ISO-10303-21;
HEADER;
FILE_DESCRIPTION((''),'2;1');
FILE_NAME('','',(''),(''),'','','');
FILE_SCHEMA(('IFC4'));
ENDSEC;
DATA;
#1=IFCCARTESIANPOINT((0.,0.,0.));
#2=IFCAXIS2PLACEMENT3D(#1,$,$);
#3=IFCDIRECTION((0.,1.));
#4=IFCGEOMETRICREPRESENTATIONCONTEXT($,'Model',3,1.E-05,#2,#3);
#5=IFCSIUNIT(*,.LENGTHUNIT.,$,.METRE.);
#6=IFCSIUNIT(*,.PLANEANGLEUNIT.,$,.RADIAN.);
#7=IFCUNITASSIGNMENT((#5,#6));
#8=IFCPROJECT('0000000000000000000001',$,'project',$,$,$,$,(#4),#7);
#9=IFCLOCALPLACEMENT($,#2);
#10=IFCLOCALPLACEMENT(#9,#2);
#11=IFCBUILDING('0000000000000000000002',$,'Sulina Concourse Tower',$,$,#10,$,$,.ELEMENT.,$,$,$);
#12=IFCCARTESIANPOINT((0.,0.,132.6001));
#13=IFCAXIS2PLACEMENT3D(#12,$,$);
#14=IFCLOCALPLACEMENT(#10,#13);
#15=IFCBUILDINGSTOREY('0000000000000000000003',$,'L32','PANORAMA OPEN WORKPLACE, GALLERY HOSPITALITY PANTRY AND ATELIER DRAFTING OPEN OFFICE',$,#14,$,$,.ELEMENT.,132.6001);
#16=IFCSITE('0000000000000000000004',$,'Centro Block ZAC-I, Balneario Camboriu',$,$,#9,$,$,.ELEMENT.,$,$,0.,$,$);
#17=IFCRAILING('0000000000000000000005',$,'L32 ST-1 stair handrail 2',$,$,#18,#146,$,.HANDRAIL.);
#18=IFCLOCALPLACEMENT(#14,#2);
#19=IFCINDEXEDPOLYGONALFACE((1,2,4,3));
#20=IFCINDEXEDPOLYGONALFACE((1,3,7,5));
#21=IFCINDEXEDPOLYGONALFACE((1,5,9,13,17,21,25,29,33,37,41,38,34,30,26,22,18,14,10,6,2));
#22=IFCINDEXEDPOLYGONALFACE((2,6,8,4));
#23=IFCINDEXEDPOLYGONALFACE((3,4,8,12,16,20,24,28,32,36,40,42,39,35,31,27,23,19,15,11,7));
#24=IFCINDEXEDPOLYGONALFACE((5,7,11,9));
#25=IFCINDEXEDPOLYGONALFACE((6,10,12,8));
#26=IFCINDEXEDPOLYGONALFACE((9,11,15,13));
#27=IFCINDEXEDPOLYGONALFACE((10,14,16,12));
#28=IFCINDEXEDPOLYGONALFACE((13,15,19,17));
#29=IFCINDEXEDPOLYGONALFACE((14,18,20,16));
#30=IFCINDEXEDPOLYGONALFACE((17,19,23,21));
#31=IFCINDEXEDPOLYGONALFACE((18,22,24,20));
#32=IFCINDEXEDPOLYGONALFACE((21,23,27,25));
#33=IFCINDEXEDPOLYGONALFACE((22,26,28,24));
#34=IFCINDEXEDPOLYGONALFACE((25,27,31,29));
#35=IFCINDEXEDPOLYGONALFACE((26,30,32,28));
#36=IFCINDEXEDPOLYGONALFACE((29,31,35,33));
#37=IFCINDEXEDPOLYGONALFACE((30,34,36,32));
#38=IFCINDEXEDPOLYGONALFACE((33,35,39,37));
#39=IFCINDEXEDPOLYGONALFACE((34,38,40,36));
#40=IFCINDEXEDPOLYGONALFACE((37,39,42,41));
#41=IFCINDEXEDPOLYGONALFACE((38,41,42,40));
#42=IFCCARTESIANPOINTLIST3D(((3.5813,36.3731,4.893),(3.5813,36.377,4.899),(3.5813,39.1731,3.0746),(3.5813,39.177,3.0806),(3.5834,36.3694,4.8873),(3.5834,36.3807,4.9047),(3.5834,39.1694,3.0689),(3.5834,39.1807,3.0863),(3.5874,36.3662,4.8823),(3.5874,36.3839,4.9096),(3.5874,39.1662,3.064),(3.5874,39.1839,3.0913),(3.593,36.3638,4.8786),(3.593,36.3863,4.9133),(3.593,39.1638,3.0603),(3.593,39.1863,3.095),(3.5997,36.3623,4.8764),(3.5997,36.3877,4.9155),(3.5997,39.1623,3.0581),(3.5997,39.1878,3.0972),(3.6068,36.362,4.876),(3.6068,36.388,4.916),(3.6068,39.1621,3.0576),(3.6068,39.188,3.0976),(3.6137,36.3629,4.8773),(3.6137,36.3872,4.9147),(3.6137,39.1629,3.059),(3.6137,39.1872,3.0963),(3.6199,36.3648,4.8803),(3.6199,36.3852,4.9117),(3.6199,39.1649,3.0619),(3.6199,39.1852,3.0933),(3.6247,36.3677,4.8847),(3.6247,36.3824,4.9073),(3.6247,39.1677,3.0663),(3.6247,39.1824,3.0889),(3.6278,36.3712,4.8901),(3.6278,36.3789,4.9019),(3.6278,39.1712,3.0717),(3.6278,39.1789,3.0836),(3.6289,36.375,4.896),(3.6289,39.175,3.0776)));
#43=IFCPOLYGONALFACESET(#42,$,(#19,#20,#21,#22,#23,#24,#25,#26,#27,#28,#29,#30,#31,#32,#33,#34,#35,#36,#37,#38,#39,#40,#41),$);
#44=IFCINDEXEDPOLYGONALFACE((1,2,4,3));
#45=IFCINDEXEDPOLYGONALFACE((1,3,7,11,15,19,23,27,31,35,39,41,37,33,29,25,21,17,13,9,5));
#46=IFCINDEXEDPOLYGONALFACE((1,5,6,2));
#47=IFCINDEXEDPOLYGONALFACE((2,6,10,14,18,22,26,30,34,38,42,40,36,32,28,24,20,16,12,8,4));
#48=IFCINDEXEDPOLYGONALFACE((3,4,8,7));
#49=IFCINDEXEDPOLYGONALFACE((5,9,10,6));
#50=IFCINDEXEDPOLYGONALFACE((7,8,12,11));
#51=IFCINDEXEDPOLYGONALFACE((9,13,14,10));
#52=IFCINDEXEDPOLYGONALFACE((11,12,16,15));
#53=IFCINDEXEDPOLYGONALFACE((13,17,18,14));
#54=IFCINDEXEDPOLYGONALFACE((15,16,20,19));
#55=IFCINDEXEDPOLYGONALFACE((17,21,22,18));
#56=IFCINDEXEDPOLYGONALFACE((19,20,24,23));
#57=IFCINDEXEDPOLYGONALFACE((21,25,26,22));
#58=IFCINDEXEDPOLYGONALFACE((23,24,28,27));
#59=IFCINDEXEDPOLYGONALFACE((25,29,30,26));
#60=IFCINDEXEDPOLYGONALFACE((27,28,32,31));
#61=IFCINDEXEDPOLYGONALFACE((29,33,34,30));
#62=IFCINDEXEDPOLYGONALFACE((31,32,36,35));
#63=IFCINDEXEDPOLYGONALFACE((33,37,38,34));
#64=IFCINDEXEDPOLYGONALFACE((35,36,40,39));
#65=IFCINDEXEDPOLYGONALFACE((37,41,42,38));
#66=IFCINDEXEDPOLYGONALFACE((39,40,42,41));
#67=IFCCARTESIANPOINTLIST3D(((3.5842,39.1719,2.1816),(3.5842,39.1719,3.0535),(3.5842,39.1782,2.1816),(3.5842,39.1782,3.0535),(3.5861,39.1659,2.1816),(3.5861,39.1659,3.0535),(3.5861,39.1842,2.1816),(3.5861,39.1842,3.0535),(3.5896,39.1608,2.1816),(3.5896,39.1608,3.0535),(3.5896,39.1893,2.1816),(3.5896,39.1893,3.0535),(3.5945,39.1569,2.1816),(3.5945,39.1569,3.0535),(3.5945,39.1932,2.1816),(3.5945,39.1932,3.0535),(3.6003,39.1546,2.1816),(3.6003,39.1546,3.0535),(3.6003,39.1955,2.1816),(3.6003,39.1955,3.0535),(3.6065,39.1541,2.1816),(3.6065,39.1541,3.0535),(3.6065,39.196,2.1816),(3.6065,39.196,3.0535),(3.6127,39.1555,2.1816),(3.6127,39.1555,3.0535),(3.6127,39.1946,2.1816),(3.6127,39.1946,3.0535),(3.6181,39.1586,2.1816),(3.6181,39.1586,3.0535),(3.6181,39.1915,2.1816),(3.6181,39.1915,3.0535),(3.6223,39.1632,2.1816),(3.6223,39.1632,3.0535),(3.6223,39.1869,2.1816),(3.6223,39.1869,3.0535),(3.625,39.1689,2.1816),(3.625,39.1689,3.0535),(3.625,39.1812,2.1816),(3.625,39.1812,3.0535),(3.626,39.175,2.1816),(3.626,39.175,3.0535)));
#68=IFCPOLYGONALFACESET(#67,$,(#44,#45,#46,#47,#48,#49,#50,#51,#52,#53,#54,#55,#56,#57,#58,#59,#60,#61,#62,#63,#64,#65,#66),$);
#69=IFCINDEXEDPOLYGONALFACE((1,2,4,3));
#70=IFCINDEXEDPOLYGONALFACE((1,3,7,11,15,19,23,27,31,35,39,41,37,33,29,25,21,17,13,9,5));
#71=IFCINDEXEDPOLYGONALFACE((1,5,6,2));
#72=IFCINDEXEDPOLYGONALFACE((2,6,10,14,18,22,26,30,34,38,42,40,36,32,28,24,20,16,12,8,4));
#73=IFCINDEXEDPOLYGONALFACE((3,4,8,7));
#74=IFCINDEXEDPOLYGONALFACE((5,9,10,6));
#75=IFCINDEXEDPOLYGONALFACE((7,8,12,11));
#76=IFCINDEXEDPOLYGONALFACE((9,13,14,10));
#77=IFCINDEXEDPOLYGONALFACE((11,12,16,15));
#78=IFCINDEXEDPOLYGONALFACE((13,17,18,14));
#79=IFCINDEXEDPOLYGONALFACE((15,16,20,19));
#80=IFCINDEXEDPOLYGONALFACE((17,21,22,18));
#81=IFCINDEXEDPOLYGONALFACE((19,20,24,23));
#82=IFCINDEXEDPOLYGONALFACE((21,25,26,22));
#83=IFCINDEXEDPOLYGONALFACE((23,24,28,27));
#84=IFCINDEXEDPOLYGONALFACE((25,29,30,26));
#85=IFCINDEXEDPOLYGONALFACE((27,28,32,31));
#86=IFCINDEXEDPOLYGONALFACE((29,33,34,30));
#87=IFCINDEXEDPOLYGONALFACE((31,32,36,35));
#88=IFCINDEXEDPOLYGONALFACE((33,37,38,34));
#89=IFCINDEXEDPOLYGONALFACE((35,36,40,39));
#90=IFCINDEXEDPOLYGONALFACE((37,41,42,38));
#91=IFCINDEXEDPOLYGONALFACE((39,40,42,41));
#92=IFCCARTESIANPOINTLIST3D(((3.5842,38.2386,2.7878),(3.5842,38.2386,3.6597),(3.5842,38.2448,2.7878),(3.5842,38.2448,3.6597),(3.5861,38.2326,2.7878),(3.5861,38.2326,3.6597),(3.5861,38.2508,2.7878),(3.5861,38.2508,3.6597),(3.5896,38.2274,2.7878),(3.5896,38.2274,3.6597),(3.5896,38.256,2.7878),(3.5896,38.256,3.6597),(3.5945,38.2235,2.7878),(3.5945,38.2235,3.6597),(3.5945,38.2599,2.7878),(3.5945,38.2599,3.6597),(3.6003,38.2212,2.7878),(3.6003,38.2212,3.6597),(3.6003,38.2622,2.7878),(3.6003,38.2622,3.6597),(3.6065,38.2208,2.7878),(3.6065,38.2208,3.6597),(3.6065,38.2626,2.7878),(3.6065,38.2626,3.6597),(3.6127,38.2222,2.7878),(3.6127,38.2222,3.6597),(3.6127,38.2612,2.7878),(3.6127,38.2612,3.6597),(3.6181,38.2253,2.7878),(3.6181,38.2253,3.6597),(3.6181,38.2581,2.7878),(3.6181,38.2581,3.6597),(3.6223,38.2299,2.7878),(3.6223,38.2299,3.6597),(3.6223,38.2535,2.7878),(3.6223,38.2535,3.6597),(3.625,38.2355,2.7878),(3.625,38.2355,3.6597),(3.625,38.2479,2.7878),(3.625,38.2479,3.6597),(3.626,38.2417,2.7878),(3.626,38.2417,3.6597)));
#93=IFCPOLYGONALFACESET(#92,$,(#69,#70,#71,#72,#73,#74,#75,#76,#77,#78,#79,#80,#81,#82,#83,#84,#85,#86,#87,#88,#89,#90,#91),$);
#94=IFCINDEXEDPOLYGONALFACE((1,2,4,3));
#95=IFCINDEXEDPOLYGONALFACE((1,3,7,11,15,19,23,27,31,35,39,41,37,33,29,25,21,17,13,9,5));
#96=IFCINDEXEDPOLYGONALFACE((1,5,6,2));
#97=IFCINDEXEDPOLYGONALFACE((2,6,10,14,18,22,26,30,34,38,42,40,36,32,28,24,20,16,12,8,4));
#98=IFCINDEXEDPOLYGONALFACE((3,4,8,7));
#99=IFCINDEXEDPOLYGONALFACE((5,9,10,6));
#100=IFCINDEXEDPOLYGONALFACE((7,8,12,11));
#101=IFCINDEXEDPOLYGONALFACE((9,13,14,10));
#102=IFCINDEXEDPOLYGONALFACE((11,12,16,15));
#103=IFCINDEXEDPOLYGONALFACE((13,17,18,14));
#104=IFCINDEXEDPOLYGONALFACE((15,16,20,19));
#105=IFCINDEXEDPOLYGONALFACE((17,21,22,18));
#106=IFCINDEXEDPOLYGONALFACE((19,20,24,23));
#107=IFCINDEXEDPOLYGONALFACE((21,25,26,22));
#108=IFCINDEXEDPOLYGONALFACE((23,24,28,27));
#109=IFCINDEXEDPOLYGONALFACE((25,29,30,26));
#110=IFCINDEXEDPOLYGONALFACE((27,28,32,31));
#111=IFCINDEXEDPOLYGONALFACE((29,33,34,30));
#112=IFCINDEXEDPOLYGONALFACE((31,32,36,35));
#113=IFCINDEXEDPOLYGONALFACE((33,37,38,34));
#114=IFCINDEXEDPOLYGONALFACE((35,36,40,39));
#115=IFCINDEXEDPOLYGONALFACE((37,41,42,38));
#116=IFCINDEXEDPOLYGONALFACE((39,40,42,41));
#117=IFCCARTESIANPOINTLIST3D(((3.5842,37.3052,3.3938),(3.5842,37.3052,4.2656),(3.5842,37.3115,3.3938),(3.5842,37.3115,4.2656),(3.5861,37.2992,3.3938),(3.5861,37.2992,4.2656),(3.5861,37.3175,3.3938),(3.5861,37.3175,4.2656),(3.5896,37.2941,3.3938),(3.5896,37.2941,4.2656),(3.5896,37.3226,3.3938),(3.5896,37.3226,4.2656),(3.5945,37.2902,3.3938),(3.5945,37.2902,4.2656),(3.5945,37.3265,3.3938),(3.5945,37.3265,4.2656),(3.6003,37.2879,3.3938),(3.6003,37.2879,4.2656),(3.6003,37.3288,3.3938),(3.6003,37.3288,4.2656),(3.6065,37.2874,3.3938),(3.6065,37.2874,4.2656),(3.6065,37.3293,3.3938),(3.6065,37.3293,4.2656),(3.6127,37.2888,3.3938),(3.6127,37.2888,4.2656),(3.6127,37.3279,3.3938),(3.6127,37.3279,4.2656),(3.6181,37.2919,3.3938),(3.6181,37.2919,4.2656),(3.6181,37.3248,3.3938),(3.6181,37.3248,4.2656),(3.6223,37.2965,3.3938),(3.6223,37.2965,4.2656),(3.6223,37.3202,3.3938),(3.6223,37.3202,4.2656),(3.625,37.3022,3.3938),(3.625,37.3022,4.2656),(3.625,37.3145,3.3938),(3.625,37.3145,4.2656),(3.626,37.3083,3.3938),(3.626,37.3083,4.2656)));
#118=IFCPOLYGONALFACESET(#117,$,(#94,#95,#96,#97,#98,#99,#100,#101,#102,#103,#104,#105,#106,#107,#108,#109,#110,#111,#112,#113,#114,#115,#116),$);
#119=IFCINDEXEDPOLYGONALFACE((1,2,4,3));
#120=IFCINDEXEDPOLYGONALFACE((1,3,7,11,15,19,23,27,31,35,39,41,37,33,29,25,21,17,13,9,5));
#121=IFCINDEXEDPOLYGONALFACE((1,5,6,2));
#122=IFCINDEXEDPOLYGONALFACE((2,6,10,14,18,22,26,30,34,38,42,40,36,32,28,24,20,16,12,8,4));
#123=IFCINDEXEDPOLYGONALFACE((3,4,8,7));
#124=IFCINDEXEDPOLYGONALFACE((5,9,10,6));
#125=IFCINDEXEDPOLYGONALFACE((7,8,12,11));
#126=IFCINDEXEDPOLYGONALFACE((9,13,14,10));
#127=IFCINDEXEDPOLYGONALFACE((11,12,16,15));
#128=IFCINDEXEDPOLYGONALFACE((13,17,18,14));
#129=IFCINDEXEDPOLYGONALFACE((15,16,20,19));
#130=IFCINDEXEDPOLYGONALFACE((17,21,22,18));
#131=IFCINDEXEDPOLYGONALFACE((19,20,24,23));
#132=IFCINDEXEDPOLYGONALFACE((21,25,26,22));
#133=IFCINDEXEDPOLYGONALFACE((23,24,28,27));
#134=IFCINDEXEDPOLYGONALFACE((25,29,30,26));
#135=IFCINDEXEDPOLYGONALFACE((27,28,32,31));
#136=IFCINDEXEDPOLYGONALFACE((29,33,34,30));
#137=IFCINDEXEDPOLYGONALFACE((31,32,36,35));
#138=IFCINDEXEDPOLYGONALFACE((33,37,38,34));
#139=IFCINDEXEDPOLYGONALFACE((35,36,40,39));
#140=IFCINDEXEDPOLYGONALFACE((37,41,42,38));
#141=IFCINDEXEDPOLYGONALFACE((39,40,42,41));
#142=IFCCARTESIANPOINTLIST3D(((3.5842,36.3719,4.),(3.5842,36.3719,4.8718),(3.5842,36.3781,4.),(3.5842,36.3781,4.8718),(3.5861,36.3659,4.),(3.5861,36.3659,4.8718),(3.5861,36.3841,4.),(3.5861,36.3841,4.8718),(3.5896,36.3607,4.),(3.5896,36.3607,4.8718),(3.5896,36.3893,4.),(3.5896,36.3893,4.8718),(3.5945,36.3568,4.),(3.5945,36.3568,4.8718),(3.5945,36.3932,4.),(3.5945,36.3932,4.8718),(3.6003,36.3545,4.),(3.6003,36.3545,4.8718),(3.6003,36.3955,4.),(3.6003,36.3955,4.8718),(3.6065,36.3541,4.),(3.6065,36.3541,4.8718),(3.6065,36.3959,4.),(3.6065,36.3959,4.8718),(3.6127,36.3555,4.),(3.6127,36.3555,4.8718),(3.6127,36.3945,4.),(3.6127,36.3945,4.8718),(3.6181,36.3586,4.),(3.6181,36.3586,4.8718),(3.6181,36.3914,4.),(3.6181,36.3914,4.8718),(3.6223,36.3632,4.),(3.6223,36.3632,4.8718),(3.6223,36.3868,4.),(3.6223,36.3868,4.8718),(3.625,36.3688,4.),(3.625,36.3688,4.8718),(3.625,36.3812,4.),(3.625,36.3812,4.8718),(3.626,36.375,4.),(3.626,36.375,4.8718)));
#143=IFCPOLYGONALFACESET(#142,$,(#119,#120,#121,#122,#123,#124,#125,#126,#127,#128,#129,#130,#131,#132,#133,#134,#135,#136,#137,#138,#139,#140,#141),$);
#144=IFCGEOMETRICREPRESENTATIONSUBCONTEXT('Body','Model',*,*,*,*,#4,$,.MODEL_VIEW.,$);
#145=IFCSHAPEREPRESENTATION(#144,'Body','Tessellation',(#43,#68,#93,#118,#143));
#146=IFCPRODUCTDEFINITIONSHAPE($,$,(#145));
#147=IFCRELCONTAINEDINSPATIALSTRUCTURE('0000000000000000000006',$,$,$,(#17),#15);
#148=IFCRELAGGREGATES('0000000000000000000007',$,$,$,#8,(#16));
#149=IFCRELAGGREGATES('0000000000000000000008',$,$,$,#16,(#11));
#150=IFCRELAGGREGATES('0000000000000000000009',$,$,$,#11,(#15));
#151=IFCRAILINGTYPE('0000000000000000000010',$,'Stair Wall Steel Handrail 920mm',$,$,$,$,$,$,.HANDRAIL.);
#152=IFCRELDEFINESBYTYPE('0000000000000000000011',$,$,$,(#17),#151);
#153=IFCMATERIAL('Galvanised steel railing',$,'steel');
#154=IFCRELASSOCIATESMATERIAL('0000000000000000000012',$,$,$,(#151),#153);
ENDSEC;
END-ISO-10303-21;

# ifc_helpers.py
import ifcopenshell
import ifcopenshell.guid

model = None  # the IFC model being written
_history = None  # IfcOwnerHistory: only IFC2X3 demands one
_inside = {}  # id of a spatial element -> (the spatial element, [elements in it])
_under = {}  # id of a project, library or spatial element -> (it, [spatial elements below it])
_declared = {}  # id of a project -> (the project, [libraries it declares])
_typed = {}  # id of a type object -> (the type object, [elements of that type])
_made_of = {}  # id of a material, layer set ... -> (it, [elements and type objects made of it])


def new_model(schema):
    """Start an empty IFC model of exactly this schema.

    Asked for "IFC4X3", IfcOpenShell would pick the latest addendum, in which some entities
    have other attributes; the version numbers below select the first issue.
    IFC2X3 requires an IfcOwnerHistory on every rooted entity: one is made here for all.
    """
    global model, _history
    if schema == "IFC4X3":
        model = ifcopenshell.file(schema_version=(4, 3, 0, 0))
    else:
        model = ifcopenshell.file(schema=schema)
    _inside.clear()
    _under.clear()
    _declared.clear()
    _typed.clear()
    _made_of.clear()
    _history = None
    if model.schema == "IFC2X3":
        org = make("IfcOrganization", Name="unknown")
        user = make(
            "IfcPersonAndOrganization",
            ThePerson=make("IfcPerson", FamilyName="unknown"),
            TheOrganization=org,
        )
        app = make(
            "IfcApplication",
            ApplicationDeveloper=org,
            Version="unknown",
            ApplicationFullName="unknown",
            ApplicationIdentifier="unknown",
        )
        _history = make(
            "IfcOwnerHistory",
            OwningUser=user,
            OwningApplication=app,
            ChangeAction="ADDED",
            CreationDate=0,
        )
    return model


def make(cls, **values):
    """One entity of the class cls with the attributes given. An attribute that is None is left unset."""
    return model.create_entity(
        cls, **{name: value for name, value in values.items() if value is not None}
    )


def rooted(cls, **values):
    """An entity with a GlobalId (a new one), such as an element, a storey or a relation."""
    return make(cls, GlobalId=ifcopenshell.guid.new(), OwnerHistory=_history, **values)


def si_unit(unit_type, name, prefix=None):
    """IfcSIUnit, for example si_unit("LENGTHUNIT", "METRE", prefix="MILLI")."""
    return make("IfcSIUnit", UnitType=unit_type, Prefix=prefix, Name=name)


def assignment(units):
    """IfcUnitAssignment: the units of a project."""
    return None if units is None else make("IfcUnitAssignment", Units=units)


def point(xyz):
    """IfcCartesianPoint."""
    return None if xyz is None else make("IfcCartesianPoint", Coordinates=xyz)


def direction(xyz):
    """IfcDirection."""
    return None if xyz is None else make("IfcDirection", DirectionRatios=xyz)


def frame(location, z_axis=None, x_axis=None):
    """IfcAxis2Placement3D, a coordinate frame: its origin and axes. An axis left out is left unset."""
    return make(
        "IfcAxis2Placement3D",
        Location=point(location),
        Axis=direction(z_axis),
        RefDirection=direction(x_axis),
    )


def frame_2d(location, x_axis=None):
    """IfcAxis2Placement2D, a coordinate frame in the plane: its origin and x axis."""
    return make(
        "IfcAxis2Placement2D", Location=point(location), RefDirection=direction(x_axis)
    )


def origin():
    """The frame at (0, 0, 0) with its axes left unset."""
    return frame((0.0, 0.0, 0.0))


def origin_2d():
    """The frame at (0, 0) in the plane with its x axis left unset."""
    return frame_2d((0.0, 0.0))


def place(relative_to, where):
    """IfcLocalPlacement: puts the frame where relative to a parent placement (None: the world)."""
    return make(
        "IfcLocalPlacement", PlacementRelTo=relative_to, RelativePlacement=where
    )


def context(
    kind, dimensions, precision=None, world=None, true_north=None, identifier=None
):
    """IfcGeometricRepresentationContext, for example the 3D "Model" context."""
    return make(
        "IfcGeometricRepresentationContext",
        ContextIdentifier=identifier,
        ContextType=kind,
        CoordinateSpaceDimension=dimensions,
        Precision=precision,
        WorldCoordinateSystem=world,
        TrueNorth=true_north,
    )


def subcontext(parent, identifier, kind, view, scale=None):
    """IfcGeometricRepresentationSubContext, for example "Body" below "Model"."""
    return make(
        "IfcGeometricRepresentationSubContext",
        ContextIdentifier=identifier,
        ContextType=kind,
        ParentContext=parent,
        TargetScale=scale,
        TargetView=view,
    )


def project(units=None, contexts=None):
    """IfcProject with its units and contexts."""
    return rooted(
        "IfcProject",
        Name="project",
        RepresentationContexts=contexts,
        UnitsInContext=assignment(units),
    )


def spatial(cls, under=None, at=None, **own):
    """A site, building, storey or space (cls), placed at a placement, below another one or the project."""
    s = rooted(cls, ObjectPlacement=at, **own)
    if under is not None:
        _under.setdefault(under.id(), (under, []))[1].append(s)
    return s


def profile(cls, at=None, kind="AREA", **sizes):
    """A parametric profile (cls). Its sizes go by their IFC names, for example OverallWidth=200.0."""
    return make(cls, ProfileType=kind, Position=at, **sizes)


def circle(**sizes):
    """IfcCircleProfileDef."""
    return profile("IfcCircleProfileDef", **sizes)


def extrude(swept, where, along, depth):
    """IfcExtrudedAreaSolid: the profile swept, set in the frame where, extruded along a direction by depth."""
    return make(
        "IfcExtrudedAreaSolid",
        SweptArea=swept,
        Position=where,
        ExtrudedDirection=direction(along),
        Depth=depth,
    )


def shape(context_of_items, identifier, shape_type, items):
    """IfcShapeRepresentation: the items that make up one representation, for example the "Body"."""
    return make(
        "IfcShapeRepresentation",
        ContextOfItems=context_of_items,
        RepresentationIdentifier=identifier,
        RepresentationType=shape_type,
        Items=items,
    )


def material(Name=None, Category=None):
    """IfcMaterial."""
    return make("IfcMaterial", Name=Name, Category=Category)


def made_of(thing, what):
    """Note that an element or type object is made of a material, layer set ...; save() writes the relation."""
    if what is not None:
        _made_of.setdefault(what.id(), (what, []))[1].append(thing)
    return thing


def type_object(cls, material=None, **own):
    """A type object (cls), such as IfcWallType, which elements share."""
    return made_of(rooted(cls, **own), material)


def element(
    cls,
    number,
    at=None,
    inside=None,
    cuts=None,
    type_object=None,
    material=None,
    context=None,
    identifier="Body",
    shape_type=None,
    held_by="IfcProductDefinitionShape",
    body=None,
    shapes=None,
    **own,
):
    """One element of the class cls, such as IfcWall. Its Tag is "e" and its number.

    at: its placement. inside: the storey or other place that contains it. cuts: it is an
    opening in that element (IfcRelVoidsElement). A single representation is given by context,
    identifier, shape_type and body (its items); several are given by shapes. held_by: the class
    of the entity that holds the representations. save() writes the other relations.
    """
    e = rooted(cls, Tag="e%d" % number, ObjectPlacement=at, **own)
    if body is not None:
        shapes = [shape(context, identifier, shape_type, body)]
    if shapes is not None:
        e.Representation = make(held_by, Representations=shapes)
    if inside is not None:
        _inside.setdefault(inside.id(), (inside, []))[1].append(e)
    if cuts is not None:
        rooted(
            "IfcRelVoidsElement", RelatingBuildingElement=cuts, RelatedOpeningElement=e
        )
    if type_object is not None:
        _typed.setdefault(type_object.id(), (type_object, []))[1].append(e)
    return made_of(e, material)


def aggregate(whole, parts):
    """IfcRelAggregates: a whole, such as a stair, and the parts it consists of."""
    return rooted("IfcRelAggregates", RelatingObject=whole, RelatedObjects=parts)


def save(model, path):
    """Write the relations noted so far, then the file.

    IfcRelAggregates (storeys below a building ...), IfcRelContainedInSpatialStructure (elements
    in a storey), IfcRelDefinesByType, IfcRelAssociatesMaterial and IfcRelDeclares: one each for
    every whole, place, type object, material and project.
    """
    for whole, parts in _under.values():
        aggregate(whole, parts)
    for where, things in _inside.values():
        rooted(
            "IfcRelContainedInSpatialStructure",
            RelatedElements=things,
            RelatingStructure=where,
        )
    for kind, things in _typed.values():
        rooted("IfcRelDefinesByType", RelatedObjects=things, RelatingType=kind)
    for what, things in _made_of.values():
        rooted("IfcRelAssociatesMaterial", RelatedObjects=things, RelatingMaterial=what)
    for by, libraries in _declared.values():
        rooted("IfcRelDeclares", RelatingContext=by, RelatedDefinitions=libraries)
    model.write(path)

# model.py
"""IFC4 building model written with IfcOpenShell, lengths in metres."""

from ifc_helpers import new_model, si_unit, direction, frame, origin, origin_2d, place, context, subcontext, project, spatial, circle, extrude, material, type_object, element, save


model = new_model("IFC4")

# Units and contexts
model_context = context("Model", 3, precision=1e-05, world=origin(), true_north=direction((0.0, 1.0)))
body_context = subcontext(model_context, "Body", "Model", "MODEL_VIEW")
ifc_project = project(units=[si_unit("LENGTHUNIT", "METRE"), si_unit("PLANEANGLEUNIT", "RADIAN")], contexts=[model_context])

# Site, building, storey
site_placement = place(None, origin())
site = spatial("IfcSite", under=ifc_project, at=site_placement, Name="Centro Block ZAC-I, Balneario Camboriu", CompositionType="ELEMENT", RefElevation=0.0)
building_placement = place(site_placement, origin())
building = spatial("IfcBuilding", under=site, at=building_placement, Name="Sulina Concourse Tower", CompositionType="ELEMENT")
storey_placement = place(building_placement, frame((0.0, 0.0, 132.6001)))
storey = spatial("IfcBuildingStorey", under=building, at=storey_placement, Name="L32", Description="PANORAMA OPEN WORKPLACE, GALLERY HOSPITALITY PANTRY AND ATELIER DRAFTING OPEN OFFICE", CompositionType="ELEMENT", Elevation=132.6001)

# Railing
ifc_material_1 = material(Name="Galvanised steel railing", Category="steel")
railing_type_1 = type_object("IfcRailingType", Name="Stair Wall Steel Handrail 920mm", PredefinedType="HANDRAIL", material=ifc_material_1)
railing_1_placement = place(storey_placement, frame((3.605, 39.175, 2.1816)))
element("IfcRailing", 1, at=railing_1_placement, inside=storey, type_object=railing_type_1, Name="L32 ST-1 stair handrail 2", PredefinedType="HANDRAIL", context=body_context, shape_type="SweptSolid", body=[
    extrude(circle(Radius=0.0239, at=origin_2d()), frame((0.0, 0.0, 0.896), z_axis=(0.0, -0.838672, 0.544636), x_axis=(1.0, 0.0, 0.0)), (0.0, 0.0, 1.0), 3.3386),
    extrude(circle(Radius=0.021, at=origin_2d()), origin(), (0.0, 0.0, 1.0), 0.8718),
    extrude(circle(Radius=0.021, at=origin_2d()), frame((0.0, -0.9333, 0.6062)), (0.0, 0.0, 1.0), 0.8718),
    extrude(circle(Radius=0.021, at=origin_2d()), frame((0.0, -1.8667, 1.2122)), (0.0, 0.0, 1.0), 0.8718),
    extrude(circle(Radius=0.021, at=origin_2d()), frame((0.0, -2.8, 1.8184)), (0.0, 0.0, 1.0), 0.8718),
])

save(model, "model.ifc")
